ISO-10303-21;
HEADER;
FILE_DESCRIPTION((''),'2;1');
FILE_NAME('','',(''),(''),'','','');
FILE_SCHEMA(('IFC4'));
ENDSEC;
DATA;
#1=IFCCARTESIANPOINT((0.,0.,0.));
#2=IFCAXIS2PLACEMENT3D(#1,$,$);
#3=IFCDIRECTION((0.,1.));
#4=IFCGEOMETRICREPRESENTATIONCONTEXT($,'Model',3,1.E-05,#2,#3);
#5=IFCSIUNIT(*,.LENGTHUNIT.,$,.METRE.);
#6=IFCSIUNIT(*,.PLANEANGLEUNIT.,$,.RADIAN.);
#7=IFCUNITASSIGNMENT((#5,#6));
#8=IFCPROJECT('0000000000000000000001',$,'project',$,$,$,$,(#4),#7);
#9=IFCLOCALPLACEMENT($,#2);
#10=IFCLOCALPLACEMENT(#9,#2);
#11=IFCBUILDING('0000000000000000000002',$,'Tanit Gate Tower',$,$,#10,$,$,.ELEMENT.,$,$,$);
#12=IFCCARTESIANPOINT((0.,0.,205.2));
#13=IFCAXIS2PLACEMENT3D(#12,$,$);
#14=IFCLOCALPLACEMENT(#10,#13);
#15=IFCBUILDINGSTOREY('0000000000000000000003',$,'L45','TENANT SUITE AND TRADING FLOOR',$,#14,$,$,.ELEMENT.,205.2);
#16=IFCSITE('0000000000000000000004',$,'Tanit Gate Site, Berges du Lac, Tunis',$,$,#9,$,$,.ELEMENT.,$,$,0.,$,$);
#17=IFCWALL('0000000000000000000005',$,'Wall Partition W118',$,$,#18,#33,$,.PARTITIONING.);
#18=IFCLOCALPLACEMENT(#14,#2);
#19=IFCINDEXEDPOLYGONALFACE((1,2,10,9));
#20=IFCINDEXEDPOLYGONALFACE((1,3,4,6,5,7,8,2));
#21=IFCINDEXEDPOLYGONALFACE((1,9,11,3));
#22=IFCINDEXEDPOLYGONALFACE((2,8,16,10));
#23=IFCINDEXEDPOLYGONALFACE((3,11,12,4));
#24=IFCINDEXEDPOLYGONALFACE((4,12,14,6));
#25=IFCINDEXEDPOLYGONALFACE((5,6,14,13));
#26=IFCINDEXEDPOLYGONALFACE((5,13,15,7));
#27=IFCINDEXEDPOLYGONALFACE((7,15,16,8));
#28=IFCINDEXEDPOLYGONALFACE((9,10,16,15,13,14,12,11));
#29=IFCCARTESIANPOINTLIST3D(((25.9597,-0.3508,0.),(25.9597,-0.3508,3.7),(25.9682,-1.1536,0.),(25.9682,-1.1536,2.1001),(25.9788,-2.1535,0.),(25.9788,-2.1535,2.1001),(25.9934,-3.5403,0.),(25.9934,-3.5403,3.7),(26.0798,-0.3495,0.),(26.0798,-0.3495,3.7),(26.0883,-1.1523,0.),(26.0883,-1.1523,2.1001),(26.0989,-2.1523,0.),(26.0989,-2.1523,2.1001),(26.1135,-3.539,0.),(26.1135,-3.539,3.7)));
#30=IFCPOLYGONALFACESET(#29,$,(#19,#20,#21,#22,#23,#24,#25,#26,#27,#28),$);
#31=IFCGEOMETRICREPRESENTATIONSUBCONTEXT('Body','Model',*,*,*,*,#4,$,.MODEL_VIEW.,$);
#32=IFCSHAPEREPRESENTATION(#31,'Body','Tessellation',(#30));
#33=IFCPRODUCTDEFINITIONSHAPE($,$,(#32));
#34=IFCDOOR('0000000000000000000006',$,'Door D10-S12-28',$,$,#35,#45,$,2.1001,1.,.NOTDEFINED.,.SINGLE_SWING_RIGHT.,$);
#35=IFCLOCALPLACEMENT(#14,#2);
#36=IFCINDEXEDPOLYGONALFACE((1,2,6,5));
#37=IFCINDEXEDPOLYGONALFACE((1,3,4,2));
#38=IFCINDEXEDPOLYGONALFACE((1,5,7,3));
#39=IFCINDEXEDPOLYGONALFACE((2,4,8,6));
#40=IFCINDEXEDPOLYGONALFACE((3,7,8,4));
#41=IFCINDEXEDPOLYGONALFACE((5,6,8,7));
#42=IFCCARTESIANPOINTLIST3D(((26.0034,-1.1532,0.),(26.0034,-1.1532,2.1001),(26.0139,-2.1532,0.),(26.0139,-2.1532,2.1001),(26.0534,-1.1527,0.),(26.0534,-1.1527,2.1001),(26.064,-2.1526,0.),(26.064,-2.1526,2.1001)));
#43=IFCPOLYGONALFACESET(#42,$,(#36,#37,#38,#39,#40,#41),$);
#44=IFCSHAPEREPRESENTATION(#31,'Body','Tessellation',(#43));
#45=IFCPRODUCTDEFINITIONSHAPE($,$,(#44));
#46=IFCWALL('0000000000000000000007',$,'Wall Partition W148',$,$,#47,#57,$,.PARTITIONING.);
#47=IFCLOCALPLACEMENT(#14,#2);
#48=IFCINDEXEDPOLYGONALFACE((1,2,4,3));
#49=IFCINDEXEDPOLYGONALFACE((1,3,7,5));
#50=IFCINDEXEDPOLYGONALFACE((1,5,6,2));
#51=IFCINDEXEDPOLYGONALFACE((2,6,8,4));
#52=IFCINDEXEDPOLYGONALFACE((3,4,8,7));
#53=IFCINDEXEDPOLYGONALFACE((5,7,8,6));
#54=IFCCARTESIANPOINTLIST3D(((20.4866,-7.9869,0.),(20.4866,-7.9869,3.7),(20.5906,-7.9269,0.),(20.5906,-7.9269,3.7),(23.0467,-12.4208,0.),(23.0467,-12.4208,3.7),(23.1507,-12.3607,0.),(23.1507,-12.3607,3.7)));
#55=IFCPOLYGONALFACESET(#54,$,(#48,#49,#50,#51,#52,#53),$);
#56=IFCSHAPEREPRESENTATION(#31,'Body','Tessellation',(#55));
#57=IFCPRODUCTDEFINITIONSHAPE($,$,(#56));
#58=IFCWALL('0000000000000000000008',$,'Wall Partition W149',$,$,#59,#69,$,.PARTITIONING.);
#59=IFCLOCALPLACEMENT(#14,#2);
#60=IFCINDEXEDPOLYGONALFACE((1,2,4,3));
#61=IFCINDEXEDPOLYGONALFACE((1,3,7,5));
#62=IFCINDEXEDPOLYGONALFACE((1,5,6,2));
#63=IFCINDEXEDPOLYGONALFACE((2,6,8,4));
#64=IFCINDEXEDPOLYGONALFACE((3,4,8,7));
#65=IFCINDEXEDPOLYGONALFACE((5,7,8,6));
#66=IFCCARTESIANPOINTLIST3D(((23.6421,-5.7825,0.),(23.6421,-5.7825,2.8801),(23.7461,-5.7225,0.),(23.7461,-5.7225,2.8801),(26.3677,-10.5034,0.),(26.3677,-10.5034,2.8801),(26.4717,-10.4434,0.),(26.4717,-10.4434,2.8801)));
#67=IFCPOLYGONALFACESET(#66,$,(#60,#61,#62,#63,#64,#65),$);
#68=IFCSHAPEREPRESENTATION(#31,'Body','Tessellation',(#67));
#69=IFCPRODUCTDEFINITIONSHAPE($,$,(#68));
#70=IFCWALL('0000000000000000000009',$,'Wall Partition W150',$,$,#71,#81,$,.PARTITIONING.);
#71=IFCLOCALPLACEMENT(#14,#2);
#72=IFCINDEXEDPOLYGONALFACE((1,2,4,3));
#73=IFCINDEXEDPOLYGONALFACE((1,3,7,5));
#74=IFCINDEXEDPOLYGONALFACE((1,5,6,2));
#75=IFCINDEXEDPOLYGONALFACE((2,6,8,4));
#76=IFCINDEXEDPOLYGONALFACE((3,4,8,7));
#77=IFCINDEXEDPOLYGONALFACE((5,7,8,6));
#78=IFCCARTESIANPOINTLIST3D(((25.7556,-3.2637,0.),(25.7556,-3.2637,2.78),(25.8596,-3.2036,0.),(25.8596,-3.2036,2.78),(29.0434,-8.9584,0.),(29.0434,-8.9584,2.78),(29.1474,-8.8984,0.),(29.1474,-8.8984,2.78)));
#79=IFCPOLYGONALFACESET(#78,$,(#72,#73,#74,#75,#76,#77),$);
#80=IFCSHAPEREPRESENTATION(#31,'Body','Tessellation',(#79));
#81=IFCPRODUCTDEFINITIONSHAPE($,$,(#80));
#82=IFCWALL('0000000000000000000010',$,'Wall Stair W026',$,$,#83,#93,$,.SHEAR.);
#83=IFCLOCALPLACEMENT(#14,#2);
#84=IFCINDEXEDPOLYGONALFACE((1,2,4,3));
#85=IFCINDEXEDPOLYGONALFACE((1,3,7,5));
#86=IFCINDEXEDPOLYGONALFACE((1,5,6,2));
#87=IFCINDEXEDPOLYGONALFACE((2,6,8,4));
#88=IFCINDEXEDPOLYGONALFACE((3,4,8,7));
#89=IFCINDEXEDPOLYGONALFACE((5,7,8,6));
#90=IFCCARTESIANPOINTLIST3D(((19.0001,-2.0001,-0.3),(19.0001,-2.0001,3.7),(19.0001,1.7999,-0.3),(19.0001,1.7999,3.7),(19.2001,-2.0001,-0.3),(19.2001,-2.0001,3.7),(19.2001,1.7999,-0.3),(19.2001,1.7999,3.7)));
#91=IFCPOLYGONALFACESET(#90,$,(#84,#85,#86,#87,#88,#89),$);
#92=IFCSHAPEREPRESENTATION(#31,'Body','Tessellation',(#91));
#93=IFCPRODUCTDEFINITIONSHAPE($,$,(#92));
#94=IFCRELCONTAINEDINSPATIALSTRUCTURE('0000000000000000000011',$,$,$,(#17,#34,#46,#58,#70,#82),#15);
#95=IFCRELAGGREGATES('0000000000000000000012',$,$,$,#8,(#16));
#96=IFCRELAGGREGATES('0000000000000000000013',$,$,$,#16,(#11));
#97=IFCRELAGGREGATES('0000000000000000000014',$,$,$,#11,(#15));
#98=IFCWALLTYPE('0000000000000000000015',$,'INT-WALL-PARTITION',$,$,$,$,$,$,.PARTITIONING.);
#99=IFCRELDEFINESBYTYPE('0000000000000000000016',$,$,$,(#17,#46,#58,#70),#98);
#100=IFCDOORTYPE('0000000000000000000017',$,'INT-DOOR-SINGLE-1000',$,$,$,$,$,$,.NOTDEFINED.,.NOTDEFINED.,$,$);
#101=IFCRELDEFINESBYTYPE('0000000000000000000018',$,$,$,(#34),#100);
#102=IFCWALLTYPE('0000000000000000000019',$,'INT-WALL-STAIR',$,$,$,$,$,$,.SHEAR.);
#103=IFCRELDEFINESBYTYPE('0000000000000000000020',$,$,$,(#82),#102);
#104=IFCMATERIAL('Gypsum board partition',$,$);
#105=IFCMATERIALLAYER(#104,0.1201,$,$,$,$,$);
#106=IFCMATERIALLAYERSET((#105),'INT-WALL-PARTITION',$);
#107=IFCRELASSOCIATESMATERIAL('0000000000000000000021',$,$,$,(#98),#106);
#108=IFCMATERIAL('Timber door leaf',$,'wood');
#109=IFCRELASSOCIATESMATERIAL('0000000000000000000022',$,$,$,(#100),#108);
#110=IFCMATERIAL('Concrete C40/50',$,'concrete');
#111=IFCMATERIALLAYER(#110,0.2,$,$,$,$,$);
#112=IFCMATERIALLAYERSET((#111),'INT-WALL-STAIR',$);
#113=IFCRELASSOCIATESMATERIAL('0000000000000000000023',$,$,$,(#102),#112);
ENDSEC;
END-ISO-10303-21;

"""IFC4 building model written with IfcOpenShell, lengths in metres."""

from ifc_helpers import new_model, si_unit, direction, frame, frame_2d, origin, place, context, subcontext, project, spatial, rectangle, extrude, material, layer, layer_set, type_object, element, fill, save


model = new_model("IFC4")

# Units and contexts
model_context = context("Model", 3, precision=1e-05, world=origin(), true_north=direction((0.0, 1.0)))
body_context = subcontext(model_context, "Body", "Model", "MODEL_VIEW")
ifc_project = project(units=[si_unit("LENGTHUNIT", "METRE"), si_unit("PLANEANGLEUNIT", "RADIAN")], contexts=[model_context])

# Site, building, storey
site_placement = place(None, origin())
site = spatial("IfcSite", under=ifc_project, at=site_placement, Name="Tanit Gate Site, Berges du Lac, Tunis", CompositionType="ELEMENT", RefElevation=0.0)
building_placement = place(site_placement, origin())
building = spatial("IfcBuilding", under=site, at=building_placement, Name="Tanit Gate Tower", CompositionType="ELEMENT")
storey_placement = place(building_placement, frame((0.0, 0.0, 205.2)))
storey = spatial("IfcBuildingStorey", under=building, at=storey_placement, Name="L45", Description="TENANT SUITE AND TRADING FLOOR", CompositionType="ELEMENT", Elevation=205.2)

# Shared definitions
ifc_material_1 = material(Name="Gypsum board partition")
ifc_layer_1 = layer(ifc_material_1, 0.1201)
ifc_layer_set_1 = layer_set([ifc_layer_1], Name="INT-WALL-PARTITION")
wall_type_1 = type_object("IfcWallType", Name="INT-WALL-PARTITION", PredefinedType="PARTITIONING", material=ifc_layer_set_1)

# Wall, opening, door
wall_1_placement = place(storey_placement, frame((26.0535, -3.5396, 0.0), z_axis=(0.0, 0.0, 1.0), x_axis=(-0.010563, 0.999944, 0.0)))
wall_1 = element("IfcWall", 1, at=wall_1_placement, inside=storey, type_object=wall_type_1, Name="Wall Partition W118", PredefinedType="PARTITIONING", context=body_context, shape_type="SweptSolid", body=[
    extrude(rectangle(XDim=3.1897, YDim=0.1201, at=frame_2d((1.5947, 0.0))), origin(), (0.0, 0.0, 1.0), 3.7),
])
opening_1_placement = place(wall_1_placement, frame((1.3867, 0.0, 0.0)))
opening_1 = element("IfcOpeningElement", 2, at=opening_1_placement, cuts=wall_1, PredefinedType="OPENING", context=body_context, shape_type="SweptSolid", body=[
    extrude(rectangle(XDim=1.0, YDim=2.1001, at=frame_2d((0.5, 1.05))), frame((0.0, 0.0701, 0.0), z_axis=(0.0, -1.0, 0.0), x_axis=(1.0, 0.0, 0.0)), (0.0, 0.0, 1.0), 0.1401),
])
ifc_material_2 = material(Name="Timber door leaf", Category="wood")
door_type_1 = type_object("IfcDoorType", Name="INT-DOOR-SINGLE-1000", OperationType="NOTDEFINED", PredefinedType="NOTDEFINED", material=ifc_material_2)
door_1_placement = place(opening_1_placement, origin())
door_1 = element("IfcDoor", 3, at=door_1_placement, inside=storey, type_object=door_type_1, Name="Door D10-S12-28", OperationType="SINGLE_SWING_RIGHT", OverallHeight=2.1001, OverallWidth=1.0, PredefinedType="NOTDEFINED", context=body_context, shape_type="SweptSolid", body=[
    extrude(rectangle(XDim=1.0, YDim=2.1001, at=frame_2d((0.5, 1.05))), frame((0.0, 0.0249, 0.0), z_axis=(0.0, -1.0, 0.0), x_axis=(1.0, 0.0, 0.0)), (0.0, 0.0, 1.0), 0.05),
])
fill(opening_1, door_1)

# Walls
wall_2_placement = place(storey_placement, frame((20.5386, -7.9568, 0.0), z_axis=(0.0, 0.0, 1.0), x_axis=(0.500027, -0.86601, 0.0)))
element("IfcWall", 4, at=wall_2_placement, inside=storey, type_object=wall_type_1, Name="Wall Partition W148", PredefinedType="PARTITIONING", context=body_context, shape_type="SweptSolid", body=[
    extrude(rectangle(XDim=5.1199, YDim=0.1201, at=frame_2d((2.5601, 0.0))), origin(), (0.0, 0.0, 1.0), 3.7),
])
wall_3_placement = place(storey_placement, frame((26.4197, -10.4734, 0.0), z_axis=(0.0, 0.0, 1.0), x_axis=(-0.499993, 0.86603, 0.0)))
element("IfcWall", 5, at=wall_3_placement, inside=storey, type_object=wall_type_1, Name="Wall Partition W149", PredefinedType="PARTITIONING", context=body_context, shape_type="SweptSolid", body=[
    extrude(rectangle(XDim=5.4512, YDim=0.1201, at=frame_2d((2.7256, 0.0))), origin(), (0.0, 0.0, 1.0), 2.8801),
])
wall_4_placement = place(storey_placement, frame((25.8076, -3.2336, 0.0), z_axis=(0.0, 0.0, 1.0), x_axis=(0.499992, -0.86603, 0.0)))
element("IfcWall", 6, at=wall_4_placement, inside=storey, type_object=wall_type_1, Name="Wall Partition W150", PredefinedType="PARTITIONING", context=body_context, shape_type="SweptSolid", body=[
    extrude(rectangle(XDim=6.5757, YDim=0.1201, at=frame_2d((3.2878, 0.0))), origin(), (0.0, 0.0, 1.0), 2.78),
])
ifc_material_3 = material(Name="Concrete C40/50", Category="concrete")
ifc_layer_2 = layer(ifc_material_3, 0.2)
ifc_layer_set_2 = layer_set([ifc_layer_2], Name="INT-WALL-STAIR")
wall_type_2 = type_object("IfcWallType", Name="INT-WALL-STAIR", PredefinedType="SHEAR", material=ifc_layer_set_2)
wall_5_placement = place(storey_placement, frame((19.1001, -2.0, -0.3), z_axis=(0.0, 0.0, 1.0), x_axis=(0.0, 1.0, 0.0)))
element("IfcWall", 7, at=wall_5_placement, inside=storey, type_object=wall_type_2, Name="Wall Stair W026", PredefinedType="SHEAR", context=body_context, shape_type="SweptSolid", body=[
    extrude(rectangle(XDim=3.8, YDim=0.2, at=frame_2d((1.8999, 0.0))), origin(), (0.0, 0.0, 1.0), 4.0),
])

save(model, "model.ifc")
